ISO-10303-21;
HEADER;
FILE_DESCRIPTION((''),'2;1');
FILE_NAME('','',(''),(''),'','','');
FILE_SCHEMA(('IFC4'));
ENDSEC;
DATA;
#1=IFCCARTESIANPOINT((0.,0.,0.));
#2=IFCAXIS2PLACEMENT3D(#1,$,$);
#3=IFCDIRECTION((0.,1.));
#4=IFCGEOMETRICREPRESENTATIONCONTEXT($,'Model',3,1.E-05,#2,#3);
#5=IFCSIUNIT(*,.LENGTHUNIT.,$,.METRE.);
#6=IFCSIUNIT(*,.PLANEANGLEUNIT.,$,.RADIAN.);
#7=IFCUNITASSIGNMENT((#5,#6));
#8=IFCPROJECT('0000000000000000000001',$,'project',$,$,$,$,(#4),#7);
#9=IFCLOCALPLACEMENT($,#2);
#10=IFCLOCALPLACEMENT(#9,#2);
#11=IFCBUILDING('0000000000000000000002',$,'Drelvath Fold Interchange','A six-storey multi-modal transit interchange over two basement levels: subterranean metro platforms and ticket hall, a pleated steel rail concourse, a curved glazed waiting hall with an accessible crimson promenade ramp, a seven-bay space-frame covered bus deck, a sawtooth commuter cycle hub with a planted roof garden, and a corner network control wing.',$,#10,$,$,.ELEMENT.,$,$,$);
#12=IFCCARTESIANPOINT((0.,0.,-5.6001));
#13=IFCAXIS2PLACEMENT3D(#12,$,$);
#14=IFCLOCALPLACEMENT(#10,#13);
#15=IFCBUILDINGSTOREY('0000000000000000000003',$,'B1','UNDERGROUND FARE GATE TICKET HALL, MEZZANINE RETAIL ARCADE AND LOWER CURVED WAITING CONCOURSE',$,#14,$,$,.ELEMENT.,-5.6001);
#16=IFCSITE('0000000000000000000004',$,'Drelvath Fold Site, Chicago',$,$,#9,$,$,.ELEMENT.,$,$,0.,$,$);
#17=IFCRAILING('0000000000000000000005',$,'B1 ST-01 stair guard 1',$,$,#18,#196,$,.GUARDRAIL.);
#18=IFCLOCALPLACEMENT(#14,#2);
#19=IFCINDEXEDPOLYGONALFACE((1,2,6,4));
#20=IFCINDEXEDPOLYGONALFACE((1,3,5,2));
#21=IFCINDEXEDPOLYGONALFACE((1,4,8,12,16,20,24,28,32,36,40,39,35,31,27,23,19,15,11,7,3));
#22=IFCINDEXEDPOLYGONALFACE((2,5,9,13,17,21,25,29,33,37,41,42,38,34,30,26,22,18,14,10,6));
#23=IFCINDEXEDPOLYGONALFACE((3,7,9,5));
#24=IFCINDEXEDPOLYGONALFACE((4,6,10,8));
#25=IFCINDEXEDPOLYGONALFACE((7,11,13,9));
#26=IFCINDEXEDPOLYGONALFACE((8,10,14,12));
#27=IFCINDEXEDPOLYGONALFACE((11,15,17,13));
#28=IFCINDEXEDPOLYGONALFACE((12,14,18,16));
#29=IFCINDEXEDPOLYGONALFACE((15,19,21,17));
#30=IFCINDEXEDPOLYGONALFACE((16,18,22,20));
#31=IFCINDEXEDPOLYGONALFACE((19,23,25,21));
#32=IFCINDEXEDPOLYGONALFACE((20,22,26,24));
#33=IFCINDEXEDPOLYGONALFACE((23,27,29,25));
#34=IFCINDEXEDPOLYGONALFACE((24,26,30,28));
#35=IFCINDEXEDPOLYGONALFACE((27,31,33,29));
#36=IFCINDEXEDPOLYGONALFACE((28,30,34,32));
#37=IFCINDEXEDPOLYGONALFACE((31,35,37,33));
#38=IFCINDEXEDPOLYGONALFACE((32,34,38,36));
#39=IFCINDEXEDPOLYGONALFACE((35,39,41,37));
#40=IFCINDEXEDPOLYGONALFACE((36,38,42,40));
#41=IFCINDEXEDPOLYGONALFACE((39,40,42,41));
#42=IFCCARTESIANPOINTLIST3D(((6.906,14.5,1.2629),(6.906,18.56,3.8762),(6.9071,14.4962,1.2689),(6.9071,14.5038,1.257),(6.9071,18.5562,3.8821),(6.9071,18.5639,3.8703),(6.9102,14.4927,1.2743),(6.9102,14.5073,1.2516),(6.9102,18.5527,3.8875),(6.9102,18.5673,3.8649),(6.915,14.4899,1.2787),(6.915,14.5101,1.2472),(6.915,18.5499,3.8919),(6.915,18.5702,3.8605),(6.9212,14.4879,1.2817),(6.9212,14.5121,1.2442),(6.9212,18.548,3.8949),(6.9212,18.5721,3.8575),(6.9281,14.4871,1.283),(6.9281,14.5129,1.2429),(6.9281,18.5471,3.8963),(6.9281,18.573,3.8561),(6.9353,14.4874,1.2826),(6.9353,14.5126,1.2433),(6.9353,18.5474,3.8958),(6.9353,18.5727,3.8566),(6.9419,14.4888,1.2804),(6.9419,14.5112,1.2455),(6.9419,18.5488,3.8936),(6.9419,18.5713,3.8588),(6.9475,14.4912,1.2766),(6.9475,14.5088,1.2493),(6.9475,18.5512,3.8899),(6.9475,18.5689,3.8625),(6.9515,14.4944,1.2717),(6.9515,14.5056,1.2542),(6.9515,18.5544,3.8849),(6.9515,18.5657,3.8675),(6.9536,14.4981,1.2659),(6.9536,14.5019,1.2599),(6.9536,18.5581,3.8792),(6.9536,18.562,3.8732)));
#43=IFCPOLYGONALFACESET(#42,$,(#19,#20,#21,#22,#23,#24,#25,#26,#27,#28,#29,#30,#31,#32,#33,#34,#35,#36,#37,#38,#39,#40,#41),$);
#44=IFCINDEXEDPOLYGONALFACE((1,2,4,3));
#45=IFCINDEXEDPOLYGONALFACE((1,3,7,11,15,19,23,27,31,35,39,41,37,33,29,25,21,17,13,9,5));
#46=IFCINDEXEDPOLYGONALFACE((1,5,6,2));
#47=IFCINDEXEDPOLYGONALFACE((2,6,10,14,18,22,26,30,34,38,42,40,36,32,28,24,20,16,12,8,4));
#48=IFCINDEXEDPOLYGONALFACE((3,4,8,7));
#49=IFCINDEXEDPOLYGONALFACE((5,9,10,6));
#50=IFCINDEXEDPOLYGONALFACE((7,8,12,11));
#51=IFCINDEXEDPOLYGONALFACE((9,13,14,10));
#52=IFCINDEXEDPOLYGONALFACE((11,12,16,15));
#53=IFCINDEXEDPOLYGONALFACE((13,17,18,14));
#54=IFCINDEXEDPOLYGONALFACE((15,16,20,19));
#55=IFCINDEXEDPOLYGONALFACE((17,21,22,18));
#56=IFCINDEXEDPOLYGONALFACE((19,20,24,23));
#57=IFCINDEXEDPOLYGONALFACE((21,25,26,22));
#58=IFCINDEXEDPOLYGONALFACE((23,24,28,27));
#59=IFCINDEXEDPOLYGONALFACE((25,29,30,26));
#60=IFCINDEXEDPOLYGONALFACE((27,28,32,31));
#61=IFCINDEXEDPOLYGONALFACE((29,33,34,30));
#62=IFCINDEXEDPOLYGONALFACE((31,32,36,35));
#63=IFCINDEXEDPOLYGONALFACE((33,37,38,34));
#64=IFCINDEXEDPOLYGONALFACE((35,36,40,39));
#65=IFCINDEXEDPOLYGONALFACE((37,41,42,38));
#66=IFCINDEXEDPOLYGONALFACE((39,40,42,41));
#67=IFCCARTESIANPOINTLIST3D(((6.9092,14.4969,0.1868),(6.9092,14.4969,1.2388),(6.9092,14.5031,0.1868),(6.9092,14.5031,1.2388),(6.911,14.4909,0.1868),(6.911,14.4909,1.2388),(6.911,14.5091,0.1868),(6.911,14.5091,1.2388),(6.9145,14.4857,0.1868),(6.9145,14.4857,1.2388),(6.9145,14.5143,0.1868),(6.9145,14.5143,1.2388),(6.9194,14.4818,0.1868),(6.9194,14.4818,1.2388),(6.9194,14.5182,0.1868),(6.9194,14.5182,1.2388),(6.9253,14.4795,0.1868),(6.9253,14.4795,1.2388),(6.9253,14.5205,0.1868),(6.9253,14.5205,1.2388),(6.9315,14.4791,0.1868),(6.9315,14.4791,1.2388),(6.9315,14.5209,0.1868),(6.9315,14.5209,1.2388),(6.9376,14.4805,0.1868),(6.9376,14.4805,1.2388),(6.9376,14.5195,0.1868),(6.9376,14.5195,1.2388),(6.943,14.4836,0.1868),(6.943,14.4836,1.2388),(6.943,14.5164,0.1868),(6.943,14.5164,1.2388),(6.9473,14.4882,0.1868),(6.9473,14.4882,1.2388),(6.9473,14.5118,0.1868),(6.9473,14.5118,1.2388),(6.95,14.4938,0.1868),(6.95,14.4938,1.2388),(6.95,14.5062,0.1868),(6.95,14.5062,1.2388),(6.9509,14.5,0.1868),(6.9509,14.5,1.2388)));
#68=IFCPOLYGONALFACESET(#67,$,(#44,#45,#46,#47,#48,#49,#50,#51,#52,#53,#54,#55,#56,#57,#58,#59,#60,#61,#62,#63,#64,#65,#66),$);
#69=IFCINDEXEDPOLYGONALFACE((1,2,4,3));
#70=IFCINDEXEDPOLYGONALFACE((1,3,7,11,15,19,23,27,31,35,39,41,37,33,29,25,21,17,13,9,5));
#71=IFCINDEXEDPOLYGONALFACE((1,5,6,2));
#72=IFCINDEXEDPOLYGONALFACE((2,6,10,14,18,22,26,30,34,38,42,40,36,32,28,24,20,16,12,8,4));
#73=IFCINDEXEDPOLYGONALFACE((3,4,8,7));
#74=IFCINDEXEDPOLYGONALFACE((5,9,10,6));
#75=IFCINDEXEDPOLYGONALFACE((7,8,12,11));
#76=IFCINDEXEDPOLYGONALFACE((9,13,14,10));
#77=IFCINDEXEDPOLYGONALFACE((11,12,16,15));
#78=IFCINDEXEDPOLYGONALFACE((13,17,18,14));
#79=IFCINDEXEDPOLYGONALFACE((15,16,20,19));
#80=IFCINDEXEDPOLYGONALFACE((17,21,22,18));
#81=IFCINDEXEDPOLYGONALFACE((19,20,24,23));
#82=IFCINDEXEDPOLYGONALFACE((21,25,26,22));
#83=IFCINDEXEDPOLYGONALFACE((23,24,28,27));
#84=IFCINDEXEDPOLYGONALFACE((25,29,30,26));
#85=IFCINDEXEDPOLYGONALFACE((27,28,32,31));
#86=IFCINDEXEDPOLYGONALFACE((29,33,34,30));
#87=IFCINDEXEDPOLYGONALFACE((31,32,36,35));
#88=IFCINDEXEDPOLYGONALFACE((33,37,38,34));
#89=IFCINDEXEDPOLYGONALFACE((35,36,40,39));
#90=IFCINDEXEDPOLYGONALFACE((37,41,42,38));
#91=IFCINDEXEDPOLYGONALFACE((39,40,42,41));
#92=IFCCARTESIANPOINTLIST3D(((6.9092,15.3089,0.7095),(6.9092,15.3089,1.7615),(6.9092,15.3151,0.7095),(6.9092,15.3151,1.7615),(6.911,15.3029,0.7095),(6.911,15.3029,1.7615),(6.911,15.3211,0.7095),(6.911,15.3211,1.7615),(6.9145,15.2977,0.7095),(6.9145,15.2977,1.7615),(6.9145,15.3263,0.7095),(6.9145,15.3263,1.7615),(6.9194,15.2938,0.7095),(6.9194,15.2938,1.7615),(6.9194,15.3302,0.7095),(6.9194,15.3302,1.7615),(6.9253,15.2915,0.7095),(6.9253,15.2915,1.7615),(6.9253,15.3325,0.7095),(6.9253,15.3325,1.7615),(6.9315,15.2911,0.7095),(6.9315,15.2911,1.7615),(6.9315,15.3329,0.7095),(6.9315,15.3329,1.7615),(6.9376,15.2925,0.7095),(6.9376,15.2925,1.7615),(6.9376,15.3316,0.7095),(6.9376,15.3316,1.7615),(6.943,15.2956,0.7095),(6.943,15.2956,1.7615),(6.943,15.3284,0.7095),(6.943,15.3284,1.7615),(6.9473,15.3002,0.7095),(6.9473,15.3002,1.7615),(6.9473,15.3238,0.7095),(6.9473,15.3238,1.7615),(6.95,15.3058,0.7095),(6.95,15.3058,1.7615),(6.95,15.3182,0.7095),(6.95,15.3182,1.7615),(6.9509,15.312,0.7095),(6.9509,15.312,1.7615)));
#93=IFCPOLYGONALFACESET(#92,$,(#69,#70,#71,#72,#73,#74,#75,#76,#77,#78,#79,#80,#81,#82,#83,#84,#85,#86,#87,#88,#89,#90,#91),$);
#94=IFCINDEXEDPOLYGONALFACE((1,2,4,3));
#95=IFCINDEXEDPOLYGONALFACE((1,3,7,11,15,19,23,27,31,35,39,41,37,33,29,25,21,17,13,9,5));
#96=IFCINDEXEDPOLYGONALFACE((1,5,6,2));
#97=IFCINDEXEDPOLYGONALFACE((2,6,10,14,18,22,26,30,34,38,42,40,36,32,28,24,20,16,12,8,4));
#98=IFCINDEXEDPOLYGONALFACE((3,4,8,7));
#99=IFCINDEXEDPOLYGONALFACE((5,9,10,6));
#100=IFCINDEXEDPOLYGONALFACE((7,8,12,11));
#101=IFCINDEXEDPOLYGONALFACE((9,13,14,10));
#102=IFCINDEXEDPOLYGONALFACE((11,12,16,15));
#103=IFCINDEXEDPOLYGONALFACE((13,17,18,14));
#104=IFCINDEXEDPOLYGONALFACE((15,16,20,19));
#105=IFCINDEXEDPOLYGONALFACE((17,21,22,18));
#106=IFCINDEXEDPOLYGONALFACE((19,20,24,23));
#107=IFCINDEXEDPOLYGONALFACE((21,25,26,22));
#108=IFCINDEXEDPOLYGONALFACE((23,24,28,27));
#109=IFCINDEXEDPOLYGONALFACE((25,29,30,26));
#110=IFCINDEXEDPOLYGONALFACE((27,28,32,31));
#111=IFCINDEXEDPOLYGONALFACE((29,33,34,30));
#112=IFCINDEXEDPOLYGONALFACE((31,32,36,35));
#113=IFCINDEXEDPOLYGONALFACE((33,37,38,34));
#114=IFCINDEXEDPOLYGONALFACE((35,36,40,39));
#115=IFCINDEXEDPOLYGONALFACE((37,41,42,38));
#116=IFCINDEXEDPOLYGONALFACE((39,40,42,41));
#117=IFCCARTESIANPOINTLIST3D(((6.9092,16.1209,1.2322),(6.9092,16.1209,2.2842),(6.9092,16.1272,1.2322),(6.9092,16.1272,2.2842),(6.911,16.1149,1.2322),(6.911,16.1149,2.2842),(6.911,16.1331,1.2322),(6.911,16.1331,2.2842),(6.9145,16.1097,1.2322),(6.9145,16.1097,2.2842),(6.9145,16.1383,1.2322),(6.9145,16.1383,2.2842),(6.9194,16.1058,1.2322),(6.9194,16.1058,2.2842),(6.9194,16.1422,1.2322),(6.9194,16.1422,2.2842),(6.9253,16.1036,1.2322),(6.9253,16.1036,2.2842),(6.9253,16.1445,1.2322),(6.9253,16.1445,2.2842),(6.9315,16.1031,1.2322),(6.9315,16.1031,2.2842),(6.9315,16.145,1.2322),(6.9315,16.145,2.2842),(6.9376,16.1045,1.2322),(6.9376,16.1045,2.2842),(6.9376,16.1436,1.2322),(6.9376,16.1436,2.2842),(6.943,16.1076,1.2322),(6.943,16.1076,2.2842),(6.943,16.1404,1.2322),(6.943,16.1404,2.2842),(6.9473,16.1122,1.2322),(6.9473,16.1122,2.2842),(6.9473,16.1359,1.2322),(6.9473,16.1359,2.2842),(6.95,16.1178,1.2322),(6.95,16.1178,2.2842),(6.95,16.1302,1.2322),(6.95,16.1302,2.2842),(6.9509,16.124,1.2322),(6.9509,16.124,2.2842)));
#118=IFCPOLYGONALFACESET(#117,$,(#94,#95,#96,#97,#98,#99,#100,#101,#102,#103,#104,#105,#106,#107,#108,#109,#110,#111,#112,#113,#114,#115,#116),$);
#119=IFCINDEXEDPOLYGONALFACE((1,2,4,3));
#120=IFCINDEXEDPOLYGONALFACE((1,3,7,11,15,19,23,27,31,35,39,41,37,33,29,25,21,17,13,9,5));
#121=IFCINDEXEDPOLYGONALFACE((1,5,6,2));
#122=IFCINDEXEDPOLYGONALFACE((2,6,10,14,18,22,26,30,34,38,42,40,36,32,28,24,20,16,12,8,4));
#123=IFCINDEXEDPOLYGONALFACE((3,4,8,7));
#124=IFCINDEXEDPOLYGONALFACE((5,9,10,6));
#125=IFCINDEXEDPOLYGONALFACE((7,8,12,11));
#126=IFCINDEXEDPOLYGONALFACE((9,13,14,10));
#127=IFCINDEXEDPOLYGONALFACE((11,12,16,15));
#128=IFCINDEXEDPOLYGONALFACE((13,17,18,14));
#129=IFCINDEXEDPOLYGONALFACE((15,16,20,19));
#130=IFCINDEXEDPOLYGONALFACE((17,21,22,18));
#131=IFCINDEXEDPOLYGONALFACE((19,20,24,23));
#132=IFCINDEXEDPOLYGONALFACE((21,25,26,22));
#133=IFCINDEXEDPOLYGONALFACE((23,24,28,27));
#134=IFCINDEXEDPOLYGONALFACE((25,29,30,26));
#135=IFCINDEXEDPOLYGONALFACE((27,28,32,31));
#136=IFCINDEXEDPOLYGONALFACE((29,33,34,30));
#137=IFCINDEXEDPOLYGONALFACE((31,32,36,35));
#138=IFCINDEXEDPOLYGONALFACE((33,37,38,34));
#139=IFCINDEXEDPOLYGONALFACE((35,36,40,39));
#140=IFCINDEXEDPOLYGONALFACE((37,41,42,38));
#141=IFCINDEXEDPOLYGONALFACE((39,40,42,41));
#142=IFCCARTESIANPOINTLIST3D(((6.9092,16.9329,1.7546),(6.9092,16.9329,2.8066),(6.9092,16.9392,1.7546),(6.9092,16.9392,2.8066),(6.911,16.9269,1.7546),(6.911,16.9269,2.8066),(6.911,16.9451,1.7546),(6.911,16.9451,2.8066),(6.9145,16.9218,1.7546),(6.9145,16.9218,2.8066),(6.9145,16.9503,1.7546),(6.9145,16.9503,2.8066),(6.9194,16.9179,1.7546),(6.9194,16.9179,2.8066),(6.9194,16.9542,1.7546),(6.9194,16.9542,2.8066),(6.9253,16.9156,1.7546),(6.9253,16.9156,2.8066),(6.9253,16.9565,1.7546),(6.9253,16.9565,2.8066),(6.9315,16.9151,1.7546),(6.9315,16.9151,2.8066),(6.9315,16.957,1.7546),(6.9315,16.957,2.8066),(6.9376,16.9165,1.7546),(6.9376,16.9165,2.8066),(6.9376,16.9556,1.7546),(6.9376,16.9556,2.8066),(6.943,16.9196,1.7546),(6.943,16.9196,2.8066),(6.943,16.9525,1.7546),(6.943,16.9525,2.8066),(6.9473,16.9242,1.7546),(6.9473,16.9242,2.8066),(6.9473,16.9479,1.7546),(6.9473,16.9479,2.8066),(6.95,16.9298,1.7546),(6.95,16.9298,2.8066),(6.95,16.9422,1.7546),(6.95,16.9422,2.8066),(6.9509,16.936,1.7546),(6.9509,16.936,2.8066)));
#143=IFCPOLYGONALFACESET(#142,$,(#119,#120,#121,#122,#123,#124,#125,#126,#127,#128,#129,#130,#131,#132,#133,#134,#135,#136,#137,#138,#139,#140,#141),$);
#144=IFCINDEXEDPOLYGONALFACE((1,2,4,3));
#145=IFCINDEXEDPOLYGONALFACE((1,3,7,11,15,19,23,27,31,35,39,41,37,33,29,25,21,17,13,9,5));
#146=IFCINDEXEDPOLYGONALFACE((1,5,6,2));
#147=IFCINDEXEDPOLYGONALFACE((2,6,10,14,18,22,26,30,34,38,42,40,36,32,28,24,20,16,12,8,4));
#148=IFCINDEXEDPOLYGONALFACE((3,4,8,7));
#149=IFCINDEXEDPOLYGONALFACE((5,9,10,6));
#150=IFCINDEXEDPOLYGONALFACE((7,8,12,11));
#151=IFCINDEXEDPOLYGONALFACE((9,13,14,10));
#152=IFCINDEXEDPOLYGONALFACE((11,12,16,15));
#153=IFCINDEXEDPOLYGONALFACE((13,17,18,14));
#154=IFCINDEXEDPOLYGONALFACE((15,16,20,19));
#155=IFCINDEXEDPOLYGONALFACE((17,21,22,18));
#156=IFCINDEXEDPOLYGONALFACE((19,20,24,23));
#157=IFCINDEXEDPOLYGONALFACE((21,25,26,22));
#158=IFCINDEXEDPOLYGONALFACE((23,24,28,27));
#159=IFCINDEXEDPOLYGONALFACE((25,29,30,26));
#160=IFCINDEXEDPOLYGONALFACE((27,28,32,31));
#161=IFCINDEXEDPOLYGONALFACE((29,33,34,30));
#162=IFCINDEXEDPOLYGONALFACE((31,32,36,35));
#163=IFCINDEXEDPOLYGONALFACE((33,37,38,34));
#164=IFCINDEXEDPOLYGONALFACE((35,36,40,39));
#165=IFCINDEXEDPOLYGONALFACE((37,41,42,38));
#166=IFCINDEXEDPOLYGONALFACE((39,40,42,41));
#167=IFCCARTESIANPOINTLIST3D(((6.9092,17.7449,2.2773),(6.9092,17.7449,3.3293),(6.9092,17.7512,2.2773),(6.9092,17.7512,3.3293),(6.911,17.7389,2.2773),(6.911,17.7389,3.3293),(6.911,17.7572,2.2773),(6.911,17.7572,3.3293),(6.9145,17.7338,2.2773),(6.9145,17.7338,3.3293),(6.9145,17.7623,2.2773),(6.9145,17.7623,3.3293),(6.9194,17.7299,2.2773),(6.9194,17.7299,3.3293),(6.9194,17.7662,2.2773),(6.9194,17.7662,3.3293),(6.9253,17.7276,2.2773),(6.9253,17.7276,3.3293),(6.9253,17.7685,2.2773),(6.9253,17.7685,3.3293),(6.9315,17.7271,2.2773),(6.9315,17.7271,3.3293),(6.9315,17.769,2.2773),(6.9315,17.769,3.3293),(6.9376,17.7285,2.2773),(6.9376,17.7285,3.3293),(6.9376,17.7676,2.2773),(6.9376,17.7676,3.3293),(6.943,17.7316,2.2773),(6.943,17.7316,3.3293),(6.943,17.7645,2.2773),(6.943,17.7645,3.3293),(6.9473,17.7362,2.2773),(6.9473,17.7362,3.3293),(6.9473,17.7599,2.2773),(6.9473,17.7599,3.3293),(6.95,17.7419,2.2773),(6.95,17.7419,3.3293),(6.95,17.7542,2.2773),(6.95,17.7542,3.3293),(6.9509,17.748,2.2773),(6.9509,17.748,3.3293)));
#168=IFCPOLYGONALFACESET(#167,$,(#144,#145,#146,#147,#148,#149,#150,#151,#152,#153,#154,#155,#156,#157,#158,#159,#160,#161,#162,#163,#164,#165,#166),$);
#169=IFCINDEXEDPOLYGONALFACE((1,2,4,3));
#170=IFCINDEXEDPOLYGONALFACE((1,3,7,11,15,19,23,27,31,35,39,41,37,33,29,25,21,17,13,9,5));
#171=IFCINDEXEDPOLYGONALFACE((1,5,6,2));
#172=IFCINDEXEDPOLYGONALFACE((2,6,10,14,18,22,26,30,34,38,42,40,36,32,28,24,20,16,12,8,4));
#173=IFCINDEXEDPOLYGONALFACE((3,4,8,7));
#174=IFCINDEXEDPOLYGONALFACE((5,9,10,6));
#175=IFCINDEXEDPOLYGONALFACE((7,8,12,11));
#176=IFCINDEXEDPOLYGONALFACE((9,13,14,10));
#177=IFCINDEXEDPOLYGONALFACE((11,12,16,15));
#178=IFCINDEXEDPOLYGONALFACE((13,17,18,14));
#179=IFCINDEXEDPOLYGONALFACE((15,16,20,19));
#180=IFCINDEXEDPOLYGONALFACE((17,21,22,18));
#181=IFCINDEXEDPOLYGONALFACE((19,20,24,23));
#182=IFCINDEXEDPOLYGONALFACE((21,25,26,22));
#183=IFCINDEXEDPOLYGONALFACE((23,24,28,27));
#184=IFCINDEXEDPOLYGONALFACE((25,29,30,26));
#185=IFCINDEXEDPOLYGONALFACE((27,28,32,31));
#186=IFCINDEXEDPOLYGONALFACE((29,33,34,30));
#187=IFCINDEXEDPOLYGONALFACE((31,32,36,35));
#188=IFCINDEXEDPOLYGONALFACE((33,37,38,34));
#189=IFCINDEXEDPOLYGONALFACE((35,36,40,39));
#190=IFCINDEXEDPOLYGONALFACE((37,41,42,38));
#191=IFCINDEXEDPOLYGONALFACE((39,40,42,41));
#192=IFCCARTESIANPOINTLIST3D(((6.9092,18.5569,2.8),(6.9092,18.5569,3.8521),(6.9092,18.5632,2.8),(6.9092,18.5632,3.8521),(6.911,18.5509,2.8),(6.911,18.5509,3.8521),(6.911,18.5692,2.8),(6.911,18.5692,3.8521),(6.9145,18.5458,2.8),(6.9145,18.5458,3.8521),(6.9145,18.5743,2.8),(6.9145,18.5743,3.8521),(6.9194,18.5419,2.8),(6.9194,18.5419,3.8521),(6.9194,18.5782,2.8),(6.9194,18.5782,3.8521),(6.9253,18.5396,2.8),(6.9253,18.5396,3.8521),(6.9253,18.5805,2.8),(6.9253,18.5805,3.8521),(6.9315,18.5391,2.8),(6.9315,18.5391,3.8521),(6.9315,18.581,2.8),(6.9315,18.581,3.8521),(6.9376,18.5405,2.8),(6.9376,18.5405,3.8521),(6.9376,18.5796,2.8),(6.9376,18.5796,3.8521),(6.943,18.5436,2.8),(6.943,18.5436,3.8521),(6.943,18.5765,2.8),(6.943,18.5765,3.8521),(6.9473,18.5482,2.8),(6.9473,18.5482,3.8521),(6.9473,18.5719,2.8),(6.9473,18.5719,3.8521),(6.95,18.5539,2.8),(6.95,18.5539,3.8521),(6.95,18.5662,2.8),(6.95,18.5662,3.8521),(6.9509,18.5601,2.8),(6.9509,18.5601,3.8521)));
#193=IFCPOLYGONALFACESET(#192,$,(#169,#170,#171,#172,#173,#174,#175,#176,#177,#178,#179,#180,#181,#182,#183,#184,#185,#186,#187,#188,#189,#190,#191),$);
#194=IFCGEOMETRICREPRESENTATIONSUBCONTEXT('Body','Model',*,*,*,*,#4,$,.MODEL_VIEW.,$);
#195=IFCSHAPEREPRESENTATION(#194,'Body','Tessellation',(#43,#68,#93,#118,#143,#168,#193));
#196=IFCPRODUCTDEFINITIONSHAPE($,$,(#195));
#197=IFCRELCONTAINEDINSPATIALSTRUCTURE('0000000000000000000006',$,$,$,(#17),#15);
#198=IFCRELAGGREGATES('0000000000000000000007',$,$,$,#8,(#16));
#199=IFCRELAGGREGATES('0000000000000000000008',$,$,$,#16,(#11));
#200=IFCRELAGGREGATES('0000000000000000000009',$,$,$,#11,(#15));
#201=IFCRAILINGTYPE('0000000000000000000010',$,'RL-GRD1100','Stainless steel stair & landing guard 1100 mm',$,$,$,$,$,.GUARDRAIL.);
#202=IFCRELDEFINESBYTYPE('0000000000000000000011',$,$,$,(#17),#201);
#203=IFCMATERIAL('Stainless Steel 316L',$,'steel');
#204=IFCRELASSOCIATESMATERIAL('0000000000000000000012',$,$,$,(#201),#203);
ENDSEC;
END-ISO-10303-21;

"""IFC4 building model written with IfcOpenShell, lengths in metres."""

from ifc_helpers import new_model, si_unit, direction, frame, origin, origin_2d, place, context, subcontext, project, spatial, circle, extrude, material, type_object, element, save


model = new_model("IFC4")

# Units and contexts
model_context = context("Model", 3, precision=1e-05, world=origin(), true_north=direction((0.0, 1.0)))
body_context = subcontext(model_context, "Body", "Model", "MODEL_VIEW")
ifc_project = project(units=[si_unit("LENGTHUNIT", "METRE"), si_unit("PLANEANGLEUNIT", "RADIAN")], contexts=[model_context])

# Site, building, storey
site_placement = place(None, origin())
site = spatial("IfcSite", under=ifc_project, at=site_placement, Name="Drelvath Fold Site, Chicago", CompositionType="ELEMENT", RefElevation=0.0)
building_placement = place(site_placement, origin())
building = spatial("IfcBuilding", under=site, at=building_placement, Name="Drelvath Fold Interchange", Description="A six-storey multi-modal transit interchange over two basement levels: subterranean metro platforms and ticket hall, a pleated steel rail concourse, a curved glazed waiting hall with an accessible crimson promenade ramp, a seven-bay space-frame covered bus deck, a sawtooth commuter cycle hub with a planted roof garden, and a corner network control wing.", CompositionType="ELEMENT")
storey_placement = place(building_placement, frame((0.0, 0.0, -5.6001)))
storey = spatial("IfcBuildingStorey", under=building, at=storey_placement, Name="B1", Description="UNDERGROUND FARE GATE TICKET HALL, MEZZANINE RETAIL ARCADE AND LOWER CURVED WAITING CONCOURSE", CompositionType="ELEMENT", Elevation=-5.6001)

# Railing
ifc_material_1 = material(Name="Stainless Steel 316L", Category="steel")
railing_type_1 = type_object("IfcRailingType", Name="RL-GRD1100", Description="Stainless steel stair & landing guard 1100 mm", PredefinedType="GUARDRAIL", material=ifc_material_1)
railing_1_placement = place(storey_placement, frame((6.9299, 14.5, 0.1868)))
element("IfcRailing", 1, at=railing_1_placement, inside=storey, type_object=railing_type_1, Name="B1 ST-01 stair guard 1", PredefinedType="GUARDRAIL", context=body_context, shape_type="SweptSolid", body=[
    extrude(circle(Radius=0.0239, at=origin_2d()), frame((0.0, 0.0, 1.0762), z_axis=(0.0, 0.840873, 0.541233), x_axis=(-1.0, 0.0, 0.0)), (0.0, 0.0, 1.0), 4.8284),
    extrude(circle(Radius=0.021, at=origin_2d()), origin(), (0.0, 0.0, 1.0), 1.052),
    extrude(circle(Radius=0.021, at=origin_2d()), frame((0.0, 0.812, 0.5227)), (0.0, 0.0, 1.0), 1.052),
    extrude(circle(Radius=0.021, at=origin_2d()), frame((0.0, 1.624, 1.0454)), (0.0, 0.0, 1.0), 1.052),
    extrude(circle(Radius=0.021, at=origin_2d()), frame((0.0, 2.436, 1.5679)), (0.0, 0.0, 1.0), 1.052),
    extrude(circle(Radius=0.021, at=origin_2d()), frame((0.0, 3.248, 2.0906)), (0.0, 0.0, 1.0), 1.052),
    extrude(circle(Radius=0.021, at=origin_2d()), frame((0.0, 4.0601, 2.6133)), (0.0, 0.0, 1.0), 1.052),
])

save(model, "model.ifc")
